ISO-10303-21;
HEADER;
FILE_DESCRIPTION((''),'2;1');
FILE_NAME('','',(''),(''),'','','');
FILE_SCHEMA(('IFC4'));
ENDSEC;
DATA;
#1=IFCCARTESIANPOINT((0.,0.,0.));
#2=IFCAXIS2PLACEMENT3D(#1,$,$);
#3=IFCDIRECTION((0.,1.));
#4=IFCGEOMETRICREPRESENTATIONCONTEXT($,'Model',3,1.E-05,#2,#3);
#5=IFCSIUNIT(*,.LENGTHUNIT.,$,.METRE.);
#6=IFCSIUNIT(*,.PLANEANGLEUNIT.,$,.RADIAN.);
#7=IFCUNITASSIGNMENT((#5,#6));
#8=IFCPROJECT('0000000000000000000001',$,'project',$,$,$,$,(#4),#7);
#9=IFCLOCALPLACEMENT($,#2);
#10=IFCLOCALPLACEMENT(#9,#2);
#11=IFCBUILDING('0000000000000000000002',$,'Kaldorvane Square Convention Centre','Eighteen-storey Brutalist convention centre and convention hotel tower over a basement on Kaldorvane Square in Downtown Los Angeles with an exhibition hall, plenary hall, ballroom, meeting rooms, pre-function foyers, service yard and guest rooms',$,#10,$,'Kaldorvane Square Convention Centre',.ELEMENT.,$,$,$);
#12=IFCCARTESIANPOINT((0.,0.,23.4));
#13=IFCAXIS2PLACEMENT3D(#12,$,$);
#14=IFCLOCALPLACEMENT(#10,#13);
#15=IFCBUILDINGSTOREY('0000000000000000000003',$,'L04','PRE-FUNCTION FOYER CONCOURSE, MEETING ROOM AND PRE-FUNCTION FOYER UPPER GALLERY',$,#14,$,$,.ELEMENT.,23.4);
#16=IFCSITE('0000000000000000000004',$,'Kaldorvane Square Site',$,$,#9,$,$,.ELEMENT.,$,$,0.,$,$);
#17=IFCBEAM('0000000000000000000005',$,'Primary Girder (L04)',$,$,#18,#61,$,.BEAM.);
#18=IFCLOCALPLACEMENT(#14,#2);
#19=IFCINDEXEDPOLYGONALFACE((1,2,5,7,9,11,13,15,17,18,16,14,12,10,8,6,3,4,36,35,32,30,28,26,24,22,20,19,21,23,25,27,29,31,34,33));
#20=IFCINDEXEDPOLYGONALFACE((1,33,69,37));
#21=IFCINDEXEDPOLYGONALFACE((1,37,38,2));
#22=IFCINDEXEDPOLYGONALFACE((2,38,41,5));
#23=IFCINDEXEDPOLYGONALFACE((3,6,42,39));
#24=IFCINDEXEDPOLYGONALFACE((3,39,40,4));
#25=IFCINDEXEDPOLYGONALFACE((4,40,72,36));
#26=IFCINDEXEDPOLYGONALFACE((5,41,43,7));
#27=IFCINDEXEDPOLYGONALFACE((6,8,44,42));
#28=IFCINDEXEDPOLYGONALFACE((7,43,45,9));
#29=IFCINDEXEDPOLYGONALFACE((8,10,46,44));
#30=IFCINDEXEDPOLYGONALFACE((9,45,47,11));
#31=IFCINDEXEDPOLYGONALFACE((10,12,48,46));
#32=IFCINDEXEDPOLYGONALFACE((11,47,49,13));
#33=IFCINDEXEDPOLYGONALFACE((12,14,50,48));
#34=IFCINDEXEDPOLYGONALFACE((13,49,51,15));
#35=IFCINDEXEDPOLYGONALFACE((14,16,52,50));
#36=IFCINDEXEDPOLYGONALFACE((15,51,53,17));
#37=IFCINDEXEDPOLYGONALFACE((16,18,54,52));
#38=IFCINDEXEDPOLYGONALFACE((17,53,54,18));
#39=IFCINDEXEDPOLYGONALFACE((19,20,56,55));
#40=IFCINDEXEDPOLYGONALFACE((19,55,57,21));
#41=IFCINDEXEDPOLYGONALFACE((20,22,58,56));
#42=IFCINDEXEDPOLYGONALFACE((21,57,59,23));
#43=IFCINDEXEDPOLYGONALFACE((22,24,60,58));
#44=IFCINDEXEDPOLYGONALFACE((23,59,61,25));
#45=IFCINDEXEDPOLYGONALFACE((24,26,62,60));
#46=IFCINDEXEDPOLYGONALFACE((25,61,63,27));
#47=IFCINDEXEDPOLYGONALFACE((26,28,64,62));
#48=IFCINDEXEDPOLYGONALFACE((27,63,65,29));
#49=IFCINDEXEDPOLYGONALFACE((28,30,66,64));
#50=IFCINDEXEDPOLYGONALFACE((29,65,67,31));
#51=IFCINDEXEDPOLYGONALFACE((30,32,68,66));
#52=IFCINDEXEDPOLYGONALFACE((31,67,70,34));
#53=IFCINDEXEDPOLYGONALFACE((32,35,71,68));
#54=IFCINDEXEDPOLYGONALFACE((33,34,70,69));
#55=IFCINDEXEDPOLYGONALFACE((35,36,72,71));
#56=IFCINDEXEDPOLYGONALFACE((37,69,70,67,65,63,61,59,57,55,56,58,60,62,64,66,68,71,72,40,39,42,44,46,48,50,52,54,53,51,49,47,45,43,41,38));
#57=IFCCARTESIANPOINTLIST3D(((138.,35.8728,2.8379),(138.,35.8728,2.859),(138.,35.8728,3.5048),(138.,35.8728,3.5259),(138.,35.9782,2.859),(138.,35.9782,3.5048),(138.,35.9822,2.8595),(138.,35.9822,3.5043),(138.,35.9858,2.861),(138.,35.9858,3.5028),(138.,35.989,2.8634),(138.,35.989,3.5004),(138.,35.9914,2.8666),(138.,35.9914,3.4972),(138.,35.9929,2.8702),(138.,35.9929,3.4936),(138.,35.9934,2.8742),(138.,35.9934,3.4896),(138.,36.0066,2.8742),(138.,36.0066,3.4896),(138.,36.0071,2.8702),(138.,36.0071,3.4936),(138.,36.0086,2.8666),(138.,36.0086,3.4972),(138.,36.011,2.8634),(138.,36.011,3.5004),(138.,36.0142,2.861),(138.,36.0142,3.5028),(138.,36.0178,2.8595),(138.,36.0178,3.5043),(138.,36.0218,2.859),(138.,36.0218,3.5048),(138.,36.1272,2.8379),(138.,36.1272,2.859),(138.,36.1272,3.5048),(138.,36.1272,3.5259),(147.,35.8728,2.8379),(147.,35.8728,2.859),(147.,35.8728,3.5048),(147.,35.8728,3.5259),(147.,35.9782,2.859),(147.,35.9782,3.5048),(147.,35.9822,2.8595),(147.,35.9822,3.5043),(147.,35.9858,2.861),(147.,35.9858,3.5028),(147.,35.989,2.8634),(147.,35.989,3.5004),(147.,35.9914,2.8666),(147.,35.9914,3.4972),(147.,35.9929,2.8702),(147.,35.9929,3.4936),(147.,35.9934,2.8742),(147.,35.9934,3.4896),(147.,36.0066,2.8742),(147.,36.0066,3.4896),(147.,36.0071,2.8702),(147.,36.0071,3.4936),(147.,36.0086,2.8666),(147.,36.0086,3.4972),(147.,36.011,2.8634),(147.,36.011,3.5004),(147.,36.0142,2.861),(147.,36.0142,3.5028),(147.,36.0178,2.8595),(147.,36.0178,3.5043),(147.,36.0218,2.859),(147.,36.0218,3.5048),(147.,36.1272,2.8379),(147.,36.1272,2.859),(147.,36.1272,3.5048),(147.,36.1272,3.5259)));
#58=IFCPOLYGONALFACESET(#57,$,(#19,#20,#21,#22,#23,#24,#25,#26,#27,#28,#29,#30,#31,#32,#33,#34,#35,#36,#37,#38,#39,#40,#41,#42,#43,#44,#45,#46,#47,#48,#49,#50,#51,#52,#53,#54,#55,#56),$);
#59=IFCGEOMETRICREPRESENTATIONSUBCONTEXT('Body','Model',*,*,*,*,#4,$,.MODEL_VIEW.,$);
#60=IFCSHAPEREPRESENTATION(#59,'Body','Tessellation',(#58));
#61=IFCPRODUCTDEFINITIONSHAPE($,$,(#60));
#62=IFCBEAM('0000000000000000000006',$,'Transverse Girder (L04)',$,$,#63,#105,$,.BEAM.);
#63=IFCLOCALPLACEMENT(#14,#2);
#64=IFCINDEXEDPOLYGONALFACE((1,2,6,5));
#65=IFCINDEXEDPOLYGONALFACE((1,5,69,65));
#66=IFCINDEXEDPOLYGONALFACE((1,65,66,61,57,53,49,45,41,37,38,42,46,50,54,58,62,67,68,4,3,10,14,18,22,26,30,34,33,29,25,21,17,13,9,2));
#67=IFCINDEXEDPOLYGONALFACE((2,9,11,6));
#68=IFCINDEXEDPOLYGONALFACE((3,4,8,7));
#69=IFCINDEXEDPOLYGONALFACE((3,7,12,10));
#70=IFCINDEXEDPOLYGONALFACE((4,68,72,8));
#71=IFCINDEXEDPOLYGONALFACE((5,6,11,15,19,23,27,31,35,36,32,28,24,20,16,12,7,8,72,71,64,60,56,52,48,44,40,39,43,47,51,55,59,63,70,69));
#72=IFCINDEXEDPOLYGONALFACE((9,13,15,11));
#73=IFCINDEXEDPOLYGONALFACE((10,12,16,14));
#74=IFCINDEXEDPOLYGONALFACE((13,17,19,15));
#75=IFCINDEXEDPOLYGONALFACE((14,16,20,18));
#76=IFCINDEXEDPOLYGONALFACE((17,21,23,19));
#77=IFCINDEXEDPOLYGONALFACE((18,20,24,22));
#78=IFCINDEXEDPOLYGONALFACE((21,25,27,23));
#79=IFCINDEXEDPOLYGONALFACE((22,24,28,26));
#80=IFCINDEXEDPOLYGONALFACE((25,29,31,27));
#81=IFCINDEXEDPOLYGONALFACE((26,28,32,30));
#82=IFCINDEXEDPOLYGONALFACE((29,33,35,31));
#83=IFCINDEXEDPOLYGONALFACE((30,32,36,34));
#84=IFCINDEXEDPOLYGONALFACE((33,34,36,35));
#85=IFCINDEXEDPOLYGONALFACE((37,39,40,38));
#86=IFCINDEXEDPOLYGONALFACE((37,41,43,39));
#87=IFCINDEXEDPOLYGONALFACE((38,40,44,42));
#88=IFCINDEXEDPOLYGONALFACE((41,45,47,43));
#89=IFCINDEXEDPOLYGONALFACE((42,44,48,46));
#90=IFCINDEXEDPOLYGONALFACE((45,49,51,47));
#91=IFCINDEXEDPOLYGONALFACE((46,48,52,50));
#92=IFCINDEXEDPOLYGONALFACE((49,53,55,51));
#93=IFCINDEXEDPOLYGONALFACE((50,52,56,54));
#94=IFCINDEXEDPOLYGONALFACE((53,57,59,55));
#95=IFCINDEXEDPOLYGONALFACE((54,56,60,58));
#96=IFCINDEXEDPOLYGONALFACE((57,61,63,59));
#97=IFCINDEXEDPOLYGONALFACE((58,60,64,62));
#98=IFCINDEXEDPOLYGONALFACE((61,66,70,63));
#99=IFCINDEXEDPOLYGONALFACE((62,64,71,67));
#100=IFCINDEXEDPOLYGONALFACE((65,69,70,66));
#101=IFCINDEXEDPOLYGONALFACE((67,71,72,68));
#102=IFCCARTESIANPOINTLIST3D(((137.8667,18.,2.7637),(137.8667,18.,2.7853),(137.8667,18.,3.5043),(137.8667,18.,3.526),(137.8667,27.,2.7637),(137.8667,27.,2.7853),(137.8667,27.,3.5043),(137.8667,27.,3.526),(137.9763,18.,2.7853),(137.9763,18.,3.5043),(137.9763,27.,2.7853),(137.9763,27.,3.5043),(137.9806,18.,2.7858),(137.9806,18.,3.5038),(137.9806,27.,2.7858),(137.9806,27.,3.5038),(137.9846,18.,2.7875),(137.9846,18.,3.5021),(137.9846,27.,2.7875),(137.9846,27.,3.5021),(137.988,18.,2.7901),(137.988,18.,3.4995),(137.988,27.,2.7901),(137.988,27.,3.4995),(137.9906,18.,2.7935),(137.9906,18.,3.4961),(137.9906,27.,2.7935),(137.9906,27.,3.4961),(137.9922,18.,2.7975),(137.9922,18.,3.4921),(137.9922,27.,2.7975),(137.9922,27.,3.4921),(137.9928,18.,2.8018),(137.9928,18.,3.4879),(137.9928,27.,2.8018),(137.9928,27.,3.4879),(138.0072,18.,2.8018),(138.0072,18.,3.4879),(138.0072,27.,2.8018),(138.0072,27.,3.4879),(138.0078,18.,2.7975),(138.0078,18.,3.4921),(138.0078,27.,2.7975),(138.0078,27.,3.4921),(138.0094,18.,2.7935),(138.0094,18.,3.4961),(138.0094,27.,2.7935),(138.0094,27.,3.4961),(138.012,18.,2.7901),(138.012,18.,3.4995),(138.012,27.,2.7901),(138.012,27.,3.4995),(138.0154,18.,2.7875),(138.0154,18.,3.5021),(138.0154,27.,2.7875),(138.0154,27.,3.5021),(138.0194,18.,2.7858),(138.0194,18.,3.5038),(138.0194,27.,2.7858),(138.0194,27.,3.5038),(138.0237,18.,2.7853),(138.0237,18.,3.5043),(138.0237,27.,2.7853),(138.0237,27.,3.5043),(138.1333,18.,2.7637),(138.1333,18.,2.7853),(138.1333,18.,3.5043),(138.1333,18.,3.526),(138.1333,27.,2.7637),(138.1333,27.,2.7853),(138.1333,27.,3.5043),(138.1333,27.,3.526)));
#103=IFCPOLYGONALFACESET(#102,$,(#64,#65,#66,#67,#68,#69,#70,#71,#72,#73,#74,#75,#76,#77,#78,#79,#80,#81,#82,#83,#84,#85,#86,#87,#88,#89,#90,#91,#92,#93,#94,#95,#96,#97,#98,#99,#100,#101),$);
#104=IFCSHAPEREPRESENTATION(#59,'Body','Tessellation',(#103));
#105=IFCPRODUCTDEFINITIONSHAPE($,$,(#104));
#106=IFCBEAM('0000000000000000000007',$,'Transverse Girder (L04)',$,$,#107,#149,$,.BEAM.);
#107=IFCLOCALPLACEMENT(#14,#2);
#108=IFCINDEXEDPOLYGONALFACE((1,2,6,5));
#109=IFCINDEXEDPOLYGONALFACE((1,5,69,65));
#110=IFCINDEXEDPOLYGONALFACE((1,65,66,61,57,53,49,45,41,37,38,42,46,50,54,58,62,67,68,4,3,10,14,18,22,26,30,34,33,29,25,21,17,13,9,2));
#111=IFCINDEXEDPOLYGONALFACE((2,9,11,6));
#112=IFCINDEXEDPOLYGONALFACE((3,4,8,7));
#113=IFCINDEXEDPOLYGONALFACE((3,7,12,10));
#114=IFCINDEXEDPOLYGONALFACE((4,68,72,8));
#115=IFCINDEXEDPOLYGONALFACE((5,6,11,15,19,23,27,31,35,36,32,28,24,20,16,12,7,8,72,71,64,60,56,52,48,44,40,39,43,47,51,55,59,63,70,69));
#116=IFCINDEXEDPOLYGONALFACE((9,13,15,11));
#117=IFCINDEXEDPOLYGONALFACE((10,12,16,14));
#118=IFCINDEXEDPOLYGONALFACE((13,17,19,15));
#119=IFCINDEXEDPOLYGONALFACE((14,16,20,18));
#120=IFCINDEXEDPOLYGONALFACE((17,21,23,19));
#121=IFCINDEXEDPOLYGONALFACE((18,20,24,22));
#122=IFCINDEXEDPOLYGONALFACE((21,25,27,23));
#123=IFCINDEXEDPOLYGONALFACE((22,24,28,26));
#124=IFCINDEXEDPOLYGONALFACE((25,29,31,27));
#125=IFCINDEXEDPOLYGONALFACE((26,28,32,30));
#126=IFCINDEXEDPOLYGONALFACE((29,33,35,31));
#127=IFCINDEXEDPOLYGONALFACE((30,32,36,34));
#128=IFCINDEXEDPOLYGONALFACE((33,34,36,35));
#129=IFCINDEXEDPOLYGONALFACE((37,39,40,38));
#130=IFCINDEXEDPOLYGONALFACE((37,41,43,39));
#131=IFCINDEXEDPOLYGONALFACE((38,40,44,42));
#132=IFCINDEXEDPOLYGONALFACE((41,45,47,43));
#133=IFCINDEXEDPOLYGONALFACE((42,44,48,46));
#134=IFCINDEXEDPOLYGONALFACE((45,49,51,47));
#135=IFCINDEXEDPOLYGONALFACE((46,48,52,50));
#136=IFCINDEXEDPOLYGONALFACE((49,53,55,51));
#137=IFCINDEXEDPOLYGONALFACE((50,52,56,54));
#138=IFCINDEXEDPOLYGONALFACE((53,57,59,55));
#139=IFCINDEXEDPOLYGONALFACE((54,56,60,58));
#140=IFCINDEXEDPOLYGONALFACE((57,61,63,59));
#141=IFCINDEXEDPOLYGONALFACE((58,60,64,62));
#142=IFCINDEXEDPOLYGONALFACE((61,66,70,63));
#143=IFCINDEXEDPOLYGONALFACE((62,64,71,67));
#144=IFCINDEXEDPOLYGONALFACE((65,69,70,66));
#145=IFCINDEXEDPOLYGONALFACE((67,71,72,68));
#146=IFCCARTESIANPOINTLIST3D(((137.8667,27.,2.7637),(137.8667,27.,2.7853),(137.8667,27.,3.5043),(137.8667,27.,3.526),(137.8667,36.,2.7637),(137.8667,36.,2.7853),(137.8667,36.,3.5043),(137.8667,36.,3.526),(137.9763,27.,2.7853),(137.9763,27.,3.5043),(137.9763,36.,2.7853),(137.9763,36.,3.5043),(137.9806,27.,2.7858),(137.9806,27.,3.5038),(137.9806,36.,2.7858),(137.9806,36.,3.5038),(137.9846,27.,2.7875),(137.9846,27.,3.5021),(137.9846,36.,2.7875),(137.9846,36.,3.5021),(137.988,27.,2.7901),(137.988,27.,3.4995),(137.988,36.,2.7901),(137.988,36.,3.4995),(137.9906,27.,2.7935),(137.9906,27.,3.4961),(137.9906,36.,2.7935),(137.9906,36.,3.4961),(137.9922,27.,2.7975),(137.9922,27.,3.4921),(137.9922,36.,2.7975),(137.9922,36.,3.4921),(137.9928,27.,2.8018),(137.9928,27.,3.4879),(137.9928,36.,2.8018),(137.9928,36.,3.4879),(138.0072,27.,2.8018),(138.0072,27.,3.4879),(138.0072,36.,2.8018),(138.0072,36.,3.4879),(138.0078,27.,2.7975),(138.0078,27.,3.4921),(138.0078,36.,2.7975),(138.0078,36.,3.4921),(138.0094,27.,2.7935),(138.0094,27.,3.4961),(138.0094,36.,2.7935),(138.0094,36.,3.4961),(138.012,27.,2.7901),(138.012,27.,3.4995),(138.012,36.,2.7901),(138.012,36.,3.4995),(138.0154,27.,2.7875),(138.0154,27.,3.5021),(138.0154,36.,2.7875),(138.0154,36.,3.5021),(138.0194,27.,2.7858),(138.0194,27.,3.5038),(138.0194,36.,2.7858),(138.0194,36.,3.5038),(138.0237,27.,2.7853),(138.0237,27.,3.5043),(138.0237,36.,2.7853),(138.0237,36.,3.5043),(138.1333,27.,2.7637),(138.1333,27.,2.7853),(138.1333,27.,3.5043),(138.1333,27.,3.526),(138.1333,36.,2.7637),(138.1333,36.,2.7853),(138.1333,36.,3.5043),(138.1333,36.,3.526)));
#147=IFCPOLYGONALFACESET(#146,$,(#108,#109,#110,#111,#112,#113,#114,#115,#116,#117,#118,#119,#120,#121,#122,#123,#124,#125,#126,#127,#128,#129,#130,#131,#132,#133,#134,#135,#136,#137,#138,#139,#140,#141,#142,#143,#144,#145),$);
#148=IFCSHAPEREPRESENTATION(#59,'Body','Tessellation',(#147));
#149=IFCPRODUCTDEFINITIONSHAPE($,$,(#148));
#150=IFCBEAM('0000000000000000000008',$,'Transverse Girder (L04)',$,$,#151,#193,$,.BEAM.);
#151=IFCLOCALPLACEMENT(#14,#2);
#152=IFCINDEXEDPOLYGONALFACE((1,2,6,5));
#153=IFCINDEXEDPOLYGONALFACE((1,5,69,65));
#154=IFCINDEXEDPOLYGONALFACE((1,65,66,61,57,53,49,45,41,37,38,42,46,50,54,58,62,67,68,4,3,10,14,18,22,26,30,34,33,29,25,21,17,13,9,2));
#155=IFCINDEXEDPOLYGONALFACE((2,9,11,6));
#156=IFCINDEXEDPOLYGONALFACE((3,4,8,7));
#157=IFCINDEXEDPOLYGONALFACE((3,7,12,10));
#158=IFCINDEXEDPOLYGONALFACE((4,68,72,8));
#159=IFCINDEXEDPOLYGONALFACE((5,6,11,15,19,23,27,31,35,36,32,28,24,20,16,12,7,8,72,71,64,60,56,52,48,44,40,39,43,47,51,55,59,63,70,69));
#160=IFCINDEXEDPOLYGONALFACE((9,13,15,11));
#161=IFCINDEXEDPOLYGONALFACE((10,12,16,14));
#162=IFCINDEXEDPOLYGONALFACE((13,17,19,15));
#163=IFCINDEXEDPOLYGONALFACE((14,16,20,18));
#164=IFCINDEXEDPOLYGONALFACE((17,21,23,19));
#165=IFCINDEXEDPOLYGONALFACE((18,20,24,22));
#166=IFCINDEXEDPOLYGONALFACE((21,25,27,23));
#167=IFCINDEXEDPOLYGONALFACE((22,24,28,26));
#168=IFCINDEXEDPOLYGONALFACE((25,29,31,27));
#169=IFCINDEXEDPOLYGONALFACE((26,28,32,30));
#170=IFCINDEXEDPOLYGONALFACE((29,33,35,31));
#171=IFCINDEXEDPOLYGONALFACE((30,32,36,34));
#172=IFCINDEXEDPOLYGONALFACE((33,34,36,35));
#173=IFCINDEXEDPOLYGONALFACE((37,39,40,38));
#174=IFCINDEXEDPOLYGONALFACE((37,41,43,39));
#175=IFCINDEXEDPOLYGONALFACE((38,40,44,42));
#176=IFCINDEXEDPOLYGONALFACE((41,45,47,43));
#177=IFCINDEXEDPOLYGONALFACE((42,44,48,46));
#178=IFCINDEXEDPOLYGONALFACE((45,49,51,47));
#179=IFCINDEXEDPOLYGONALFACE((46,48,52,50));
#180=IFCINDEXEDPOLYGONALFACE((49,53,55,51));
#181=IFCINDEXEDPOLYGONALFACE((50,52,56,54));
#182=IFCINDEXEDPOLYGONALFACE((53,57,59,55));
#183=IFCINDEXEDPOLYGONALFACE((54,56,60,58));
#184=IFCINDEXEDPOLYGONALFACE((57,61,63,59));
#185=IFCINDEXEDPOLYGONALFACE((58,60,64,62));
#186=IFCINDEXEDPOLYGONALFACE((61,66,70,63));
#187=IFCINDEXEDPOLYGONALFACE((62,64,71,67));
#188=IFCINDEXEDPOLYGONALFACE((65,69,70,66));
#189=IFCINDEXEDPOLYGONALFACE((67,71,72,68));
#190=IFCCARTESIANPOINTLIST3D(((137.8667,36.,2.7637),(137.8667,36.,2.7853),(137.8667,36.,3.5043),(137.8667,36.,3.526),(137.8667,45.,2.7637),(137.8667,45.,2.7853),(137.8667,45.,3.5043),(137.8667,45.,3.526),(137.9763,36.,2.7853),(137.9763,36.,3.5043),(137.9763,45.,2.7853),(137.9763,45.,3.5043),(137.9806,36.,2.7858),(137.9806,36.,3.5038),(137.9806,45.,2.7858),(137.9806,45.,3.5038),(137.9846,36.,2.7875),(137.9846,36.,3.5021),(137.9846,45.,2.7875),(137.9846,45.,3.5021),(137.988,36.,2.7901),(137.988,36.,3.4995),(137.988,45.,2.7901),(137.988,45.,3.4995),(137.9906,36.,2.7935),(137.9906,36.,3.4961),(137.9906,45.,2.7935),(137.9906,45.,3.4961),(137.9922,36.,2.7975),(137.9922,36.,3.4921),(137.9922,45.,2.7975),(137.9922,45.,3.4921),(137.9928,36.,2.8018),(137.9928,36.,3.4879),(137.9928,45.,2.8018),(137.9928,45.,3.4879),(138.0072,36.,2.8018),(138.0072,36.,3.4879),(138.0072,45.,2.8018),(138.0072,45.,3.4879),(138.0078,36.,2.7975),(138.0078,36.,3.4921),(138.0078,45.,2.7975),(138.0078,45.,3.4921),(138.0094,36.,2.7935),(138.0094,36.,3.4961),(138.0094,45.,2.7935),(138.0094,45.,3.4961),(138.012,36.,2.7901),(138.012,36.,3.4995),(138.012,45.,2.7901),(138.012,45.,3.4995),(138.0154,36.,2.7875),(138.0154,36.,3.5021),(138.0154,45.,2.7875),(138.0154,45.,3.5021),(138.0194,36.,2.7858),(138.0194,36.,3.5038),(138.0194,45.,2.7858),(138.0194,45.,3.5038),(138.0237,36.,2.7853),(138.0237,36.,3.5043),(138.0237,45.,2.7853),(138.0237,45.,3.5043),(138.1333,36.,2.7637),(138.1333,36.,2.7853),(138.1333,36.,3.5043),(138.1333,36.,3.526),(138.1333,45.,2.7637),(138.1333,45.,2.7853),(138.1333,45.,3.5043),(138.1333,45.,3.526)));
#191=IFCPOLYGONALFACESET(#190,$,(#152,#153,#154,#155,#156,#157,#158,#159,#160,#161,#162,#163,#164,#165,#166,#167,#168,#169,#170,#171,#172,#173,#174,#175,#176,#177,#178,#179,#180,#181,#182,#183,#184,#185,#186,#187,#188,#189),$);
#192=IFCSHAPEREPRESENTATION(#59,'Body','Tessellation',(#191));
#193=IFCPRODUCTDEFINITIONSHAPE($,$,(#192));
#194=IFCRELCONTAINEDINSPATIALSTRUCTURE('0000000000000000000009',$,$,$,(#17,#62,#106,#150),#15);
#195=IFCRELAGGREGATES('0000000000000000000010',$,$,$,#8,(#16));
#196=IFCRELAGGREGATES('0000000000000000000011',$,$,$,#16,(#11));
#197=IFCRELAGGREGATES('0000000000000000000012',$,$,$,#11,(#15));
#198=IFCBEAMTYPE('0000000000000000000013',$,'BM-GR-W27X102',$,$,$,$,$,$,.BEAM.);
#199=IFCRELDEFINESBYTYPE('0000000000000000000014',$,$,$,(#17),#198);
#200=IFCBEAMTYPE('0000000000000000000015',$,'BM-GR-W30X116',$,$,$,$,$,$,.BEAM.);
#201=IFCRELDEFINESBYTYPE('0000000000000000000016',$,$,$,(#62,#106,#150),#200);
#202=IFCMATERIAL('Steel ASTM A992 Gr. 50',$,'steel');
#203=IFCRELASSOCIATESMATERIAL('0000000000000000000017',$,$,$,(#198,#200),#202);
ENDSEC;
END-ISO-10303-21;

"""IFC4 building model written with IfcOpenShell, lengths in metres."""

from ifc_helpers import new_model, si_unit, direction, frame, origin, origin_2d, place, context, subcontext, project, spatial, i_section, extrude, material, material_profile, profile_set, type_object, element, save


model = new_model("IFC4")

# Units and contexts
model_context = context("Model", 3, precision=1e-05, world=origin(), true_north=direction((0.0, 1.0)))
body_context = subcontext(model_context, "Body", "Model", "MODEL_VIEW")
ifc_project = project(units=[si_unit("LENGTHUNIT", "METRE"), si_unit("PLANEANGLEUNIT", "RADIAN")], contexts=[model_context])

# Site, building, storey
site_placement = place(None, origin())
site = spatial("IfcSite", under=ifc_project, at=site_placement, Name="Kaldorvane Square Site", CompositionType="ELEMENT", RefElevation=0.0)
building_placement = place(site_placement, origin())
building = spatial("IfcBuilding", under=site, at=building_placement, Name="Kaldorvane Square Convention Centre", Description="Eighteen-storey Brutalist convention centre and convention hotel tower over a basement on Kaldorvane Square in Downtown Los Angeles with an exhibition hall, plenary hall, ballroom, meeting rooms, pre-function foyers, service yard and guest rooms", LongName="Kaldorvane Square Convention Centre", CompositionType="ELEMENT")
storey_placement = place(building_placement, frame((0.0, 0.0, 23.4)))
storey = spatial("IfcBuildingStorey", under=building, at=storey_placement, Name="L04", Description="PRE-FUNCTION FOYER CONCOURSE, MEETING ROOM AND PRE-FUNCTION FOYER UPPER GALLERY", CompositionType="ELEMENT", Elevation=23.4)

# Shared definitions
ifc_material_1 = material(Name="Steel ASTM A992 Gr. 50", Category="steel")

# Beams
ifc_material_profile_1 = material_profile(ifc_material_1, i_section(OverallWidth=0.2544, OverallDepth=0.6881, WebThickness=0.0131, FlangeThickness=0.0211, FilletRadius=0.0152, at=origin_2d()), Name="W27X102")
ifc_profile_set_1 = profile_set([ifc_material_profile_1], Name="Steel ASTM A992 Gr. 50")
beam_type_1 = type_object("IfcBeamType", Name="BM-GR-W27X102", PredefinedType="BEAM", material=ifc_profile_set_1)
for number, where, z_axis, x_axis, name in (
    (1, (138.0, 36.0, 3.1819), (1.0, 0.0, 0.0), (0.0, 1.0, 0.0), "Primary Girder (L04)"),
):
    element("IfcBeam", number, at=place(storey_placement, frame(where, z_axis=z_axis, x_axis=x_axis)), inside=storey, type_object=beam_type_1, Name=name, PredefinedType="BEAM", context=body_context, shape_type="SweptSolid", body=[
        extrude(i_section(OverallWidth=0.2544, OverallDepth=0.6881, WebThickness=0.0131, FlangeThickness=0.0211, FilletRadius=0.0152, at=origin_2d()), origin(), (0.0, 0.0, 1.0), 9.0),
    ])
ifc_material_profile_2 = material_profile(ifc_material_1, i_section(OverallWidth=0.2666, OverallDepth=0.7623, WebThickness=0.0144, FlangeThickness=0.0216, FilletRadius=0.0165, at=origin_2d()), Name="W30X116")
ifc_profile_set_2 = profile_set([ifc_material_profile_2], Name="Steel ASTM A992 Gr. 50")
beam_type_2 = type_object("IfcBeamType", Name="BM-GR-W30X116", PredefinedType="BEAM", material=ifc_profile_set_2)
for number, where, z_axis, x_axis, name in (
    (2, (138.0, 18.0, 3.1448), (0.0, 1.0, 0.0), (-1.0, 0.0, 0.0), "Transverse Girder (L04)"),
    (3, (138.0, 27.0, 3.1448), (0.0, 1.0, 0.0), (-1.0, 0.0, 0.0), "Transverse Girder (L04)"),
    (4, (138.0, 36.0, 3.1448), (0.0, 1.0, 0.0), (-1.0, 0.0, 0.0), "Transverse Girder (L04)"),
):
    element("IfcBeam", number, at=place(storey_placement, frame(where, z_axis=z_axis, x_axis=x_axis)), inside=storey, type_object=beam_type_2, Name=name, PredefinedType="BEAM", context=body_context, shape_type="SweptSolid", body=[
        extrude(i_section(OverallWidth=0.2666, OverallDepth=0.7623, WebThickness=0.0144, FlangeThickness=0.0216, FilletRadius=0.0165, at=origin_2d()), origin(), (0.0, 0.0, 1.0), 9.0),
    ])

save(model, "model.ifc")
